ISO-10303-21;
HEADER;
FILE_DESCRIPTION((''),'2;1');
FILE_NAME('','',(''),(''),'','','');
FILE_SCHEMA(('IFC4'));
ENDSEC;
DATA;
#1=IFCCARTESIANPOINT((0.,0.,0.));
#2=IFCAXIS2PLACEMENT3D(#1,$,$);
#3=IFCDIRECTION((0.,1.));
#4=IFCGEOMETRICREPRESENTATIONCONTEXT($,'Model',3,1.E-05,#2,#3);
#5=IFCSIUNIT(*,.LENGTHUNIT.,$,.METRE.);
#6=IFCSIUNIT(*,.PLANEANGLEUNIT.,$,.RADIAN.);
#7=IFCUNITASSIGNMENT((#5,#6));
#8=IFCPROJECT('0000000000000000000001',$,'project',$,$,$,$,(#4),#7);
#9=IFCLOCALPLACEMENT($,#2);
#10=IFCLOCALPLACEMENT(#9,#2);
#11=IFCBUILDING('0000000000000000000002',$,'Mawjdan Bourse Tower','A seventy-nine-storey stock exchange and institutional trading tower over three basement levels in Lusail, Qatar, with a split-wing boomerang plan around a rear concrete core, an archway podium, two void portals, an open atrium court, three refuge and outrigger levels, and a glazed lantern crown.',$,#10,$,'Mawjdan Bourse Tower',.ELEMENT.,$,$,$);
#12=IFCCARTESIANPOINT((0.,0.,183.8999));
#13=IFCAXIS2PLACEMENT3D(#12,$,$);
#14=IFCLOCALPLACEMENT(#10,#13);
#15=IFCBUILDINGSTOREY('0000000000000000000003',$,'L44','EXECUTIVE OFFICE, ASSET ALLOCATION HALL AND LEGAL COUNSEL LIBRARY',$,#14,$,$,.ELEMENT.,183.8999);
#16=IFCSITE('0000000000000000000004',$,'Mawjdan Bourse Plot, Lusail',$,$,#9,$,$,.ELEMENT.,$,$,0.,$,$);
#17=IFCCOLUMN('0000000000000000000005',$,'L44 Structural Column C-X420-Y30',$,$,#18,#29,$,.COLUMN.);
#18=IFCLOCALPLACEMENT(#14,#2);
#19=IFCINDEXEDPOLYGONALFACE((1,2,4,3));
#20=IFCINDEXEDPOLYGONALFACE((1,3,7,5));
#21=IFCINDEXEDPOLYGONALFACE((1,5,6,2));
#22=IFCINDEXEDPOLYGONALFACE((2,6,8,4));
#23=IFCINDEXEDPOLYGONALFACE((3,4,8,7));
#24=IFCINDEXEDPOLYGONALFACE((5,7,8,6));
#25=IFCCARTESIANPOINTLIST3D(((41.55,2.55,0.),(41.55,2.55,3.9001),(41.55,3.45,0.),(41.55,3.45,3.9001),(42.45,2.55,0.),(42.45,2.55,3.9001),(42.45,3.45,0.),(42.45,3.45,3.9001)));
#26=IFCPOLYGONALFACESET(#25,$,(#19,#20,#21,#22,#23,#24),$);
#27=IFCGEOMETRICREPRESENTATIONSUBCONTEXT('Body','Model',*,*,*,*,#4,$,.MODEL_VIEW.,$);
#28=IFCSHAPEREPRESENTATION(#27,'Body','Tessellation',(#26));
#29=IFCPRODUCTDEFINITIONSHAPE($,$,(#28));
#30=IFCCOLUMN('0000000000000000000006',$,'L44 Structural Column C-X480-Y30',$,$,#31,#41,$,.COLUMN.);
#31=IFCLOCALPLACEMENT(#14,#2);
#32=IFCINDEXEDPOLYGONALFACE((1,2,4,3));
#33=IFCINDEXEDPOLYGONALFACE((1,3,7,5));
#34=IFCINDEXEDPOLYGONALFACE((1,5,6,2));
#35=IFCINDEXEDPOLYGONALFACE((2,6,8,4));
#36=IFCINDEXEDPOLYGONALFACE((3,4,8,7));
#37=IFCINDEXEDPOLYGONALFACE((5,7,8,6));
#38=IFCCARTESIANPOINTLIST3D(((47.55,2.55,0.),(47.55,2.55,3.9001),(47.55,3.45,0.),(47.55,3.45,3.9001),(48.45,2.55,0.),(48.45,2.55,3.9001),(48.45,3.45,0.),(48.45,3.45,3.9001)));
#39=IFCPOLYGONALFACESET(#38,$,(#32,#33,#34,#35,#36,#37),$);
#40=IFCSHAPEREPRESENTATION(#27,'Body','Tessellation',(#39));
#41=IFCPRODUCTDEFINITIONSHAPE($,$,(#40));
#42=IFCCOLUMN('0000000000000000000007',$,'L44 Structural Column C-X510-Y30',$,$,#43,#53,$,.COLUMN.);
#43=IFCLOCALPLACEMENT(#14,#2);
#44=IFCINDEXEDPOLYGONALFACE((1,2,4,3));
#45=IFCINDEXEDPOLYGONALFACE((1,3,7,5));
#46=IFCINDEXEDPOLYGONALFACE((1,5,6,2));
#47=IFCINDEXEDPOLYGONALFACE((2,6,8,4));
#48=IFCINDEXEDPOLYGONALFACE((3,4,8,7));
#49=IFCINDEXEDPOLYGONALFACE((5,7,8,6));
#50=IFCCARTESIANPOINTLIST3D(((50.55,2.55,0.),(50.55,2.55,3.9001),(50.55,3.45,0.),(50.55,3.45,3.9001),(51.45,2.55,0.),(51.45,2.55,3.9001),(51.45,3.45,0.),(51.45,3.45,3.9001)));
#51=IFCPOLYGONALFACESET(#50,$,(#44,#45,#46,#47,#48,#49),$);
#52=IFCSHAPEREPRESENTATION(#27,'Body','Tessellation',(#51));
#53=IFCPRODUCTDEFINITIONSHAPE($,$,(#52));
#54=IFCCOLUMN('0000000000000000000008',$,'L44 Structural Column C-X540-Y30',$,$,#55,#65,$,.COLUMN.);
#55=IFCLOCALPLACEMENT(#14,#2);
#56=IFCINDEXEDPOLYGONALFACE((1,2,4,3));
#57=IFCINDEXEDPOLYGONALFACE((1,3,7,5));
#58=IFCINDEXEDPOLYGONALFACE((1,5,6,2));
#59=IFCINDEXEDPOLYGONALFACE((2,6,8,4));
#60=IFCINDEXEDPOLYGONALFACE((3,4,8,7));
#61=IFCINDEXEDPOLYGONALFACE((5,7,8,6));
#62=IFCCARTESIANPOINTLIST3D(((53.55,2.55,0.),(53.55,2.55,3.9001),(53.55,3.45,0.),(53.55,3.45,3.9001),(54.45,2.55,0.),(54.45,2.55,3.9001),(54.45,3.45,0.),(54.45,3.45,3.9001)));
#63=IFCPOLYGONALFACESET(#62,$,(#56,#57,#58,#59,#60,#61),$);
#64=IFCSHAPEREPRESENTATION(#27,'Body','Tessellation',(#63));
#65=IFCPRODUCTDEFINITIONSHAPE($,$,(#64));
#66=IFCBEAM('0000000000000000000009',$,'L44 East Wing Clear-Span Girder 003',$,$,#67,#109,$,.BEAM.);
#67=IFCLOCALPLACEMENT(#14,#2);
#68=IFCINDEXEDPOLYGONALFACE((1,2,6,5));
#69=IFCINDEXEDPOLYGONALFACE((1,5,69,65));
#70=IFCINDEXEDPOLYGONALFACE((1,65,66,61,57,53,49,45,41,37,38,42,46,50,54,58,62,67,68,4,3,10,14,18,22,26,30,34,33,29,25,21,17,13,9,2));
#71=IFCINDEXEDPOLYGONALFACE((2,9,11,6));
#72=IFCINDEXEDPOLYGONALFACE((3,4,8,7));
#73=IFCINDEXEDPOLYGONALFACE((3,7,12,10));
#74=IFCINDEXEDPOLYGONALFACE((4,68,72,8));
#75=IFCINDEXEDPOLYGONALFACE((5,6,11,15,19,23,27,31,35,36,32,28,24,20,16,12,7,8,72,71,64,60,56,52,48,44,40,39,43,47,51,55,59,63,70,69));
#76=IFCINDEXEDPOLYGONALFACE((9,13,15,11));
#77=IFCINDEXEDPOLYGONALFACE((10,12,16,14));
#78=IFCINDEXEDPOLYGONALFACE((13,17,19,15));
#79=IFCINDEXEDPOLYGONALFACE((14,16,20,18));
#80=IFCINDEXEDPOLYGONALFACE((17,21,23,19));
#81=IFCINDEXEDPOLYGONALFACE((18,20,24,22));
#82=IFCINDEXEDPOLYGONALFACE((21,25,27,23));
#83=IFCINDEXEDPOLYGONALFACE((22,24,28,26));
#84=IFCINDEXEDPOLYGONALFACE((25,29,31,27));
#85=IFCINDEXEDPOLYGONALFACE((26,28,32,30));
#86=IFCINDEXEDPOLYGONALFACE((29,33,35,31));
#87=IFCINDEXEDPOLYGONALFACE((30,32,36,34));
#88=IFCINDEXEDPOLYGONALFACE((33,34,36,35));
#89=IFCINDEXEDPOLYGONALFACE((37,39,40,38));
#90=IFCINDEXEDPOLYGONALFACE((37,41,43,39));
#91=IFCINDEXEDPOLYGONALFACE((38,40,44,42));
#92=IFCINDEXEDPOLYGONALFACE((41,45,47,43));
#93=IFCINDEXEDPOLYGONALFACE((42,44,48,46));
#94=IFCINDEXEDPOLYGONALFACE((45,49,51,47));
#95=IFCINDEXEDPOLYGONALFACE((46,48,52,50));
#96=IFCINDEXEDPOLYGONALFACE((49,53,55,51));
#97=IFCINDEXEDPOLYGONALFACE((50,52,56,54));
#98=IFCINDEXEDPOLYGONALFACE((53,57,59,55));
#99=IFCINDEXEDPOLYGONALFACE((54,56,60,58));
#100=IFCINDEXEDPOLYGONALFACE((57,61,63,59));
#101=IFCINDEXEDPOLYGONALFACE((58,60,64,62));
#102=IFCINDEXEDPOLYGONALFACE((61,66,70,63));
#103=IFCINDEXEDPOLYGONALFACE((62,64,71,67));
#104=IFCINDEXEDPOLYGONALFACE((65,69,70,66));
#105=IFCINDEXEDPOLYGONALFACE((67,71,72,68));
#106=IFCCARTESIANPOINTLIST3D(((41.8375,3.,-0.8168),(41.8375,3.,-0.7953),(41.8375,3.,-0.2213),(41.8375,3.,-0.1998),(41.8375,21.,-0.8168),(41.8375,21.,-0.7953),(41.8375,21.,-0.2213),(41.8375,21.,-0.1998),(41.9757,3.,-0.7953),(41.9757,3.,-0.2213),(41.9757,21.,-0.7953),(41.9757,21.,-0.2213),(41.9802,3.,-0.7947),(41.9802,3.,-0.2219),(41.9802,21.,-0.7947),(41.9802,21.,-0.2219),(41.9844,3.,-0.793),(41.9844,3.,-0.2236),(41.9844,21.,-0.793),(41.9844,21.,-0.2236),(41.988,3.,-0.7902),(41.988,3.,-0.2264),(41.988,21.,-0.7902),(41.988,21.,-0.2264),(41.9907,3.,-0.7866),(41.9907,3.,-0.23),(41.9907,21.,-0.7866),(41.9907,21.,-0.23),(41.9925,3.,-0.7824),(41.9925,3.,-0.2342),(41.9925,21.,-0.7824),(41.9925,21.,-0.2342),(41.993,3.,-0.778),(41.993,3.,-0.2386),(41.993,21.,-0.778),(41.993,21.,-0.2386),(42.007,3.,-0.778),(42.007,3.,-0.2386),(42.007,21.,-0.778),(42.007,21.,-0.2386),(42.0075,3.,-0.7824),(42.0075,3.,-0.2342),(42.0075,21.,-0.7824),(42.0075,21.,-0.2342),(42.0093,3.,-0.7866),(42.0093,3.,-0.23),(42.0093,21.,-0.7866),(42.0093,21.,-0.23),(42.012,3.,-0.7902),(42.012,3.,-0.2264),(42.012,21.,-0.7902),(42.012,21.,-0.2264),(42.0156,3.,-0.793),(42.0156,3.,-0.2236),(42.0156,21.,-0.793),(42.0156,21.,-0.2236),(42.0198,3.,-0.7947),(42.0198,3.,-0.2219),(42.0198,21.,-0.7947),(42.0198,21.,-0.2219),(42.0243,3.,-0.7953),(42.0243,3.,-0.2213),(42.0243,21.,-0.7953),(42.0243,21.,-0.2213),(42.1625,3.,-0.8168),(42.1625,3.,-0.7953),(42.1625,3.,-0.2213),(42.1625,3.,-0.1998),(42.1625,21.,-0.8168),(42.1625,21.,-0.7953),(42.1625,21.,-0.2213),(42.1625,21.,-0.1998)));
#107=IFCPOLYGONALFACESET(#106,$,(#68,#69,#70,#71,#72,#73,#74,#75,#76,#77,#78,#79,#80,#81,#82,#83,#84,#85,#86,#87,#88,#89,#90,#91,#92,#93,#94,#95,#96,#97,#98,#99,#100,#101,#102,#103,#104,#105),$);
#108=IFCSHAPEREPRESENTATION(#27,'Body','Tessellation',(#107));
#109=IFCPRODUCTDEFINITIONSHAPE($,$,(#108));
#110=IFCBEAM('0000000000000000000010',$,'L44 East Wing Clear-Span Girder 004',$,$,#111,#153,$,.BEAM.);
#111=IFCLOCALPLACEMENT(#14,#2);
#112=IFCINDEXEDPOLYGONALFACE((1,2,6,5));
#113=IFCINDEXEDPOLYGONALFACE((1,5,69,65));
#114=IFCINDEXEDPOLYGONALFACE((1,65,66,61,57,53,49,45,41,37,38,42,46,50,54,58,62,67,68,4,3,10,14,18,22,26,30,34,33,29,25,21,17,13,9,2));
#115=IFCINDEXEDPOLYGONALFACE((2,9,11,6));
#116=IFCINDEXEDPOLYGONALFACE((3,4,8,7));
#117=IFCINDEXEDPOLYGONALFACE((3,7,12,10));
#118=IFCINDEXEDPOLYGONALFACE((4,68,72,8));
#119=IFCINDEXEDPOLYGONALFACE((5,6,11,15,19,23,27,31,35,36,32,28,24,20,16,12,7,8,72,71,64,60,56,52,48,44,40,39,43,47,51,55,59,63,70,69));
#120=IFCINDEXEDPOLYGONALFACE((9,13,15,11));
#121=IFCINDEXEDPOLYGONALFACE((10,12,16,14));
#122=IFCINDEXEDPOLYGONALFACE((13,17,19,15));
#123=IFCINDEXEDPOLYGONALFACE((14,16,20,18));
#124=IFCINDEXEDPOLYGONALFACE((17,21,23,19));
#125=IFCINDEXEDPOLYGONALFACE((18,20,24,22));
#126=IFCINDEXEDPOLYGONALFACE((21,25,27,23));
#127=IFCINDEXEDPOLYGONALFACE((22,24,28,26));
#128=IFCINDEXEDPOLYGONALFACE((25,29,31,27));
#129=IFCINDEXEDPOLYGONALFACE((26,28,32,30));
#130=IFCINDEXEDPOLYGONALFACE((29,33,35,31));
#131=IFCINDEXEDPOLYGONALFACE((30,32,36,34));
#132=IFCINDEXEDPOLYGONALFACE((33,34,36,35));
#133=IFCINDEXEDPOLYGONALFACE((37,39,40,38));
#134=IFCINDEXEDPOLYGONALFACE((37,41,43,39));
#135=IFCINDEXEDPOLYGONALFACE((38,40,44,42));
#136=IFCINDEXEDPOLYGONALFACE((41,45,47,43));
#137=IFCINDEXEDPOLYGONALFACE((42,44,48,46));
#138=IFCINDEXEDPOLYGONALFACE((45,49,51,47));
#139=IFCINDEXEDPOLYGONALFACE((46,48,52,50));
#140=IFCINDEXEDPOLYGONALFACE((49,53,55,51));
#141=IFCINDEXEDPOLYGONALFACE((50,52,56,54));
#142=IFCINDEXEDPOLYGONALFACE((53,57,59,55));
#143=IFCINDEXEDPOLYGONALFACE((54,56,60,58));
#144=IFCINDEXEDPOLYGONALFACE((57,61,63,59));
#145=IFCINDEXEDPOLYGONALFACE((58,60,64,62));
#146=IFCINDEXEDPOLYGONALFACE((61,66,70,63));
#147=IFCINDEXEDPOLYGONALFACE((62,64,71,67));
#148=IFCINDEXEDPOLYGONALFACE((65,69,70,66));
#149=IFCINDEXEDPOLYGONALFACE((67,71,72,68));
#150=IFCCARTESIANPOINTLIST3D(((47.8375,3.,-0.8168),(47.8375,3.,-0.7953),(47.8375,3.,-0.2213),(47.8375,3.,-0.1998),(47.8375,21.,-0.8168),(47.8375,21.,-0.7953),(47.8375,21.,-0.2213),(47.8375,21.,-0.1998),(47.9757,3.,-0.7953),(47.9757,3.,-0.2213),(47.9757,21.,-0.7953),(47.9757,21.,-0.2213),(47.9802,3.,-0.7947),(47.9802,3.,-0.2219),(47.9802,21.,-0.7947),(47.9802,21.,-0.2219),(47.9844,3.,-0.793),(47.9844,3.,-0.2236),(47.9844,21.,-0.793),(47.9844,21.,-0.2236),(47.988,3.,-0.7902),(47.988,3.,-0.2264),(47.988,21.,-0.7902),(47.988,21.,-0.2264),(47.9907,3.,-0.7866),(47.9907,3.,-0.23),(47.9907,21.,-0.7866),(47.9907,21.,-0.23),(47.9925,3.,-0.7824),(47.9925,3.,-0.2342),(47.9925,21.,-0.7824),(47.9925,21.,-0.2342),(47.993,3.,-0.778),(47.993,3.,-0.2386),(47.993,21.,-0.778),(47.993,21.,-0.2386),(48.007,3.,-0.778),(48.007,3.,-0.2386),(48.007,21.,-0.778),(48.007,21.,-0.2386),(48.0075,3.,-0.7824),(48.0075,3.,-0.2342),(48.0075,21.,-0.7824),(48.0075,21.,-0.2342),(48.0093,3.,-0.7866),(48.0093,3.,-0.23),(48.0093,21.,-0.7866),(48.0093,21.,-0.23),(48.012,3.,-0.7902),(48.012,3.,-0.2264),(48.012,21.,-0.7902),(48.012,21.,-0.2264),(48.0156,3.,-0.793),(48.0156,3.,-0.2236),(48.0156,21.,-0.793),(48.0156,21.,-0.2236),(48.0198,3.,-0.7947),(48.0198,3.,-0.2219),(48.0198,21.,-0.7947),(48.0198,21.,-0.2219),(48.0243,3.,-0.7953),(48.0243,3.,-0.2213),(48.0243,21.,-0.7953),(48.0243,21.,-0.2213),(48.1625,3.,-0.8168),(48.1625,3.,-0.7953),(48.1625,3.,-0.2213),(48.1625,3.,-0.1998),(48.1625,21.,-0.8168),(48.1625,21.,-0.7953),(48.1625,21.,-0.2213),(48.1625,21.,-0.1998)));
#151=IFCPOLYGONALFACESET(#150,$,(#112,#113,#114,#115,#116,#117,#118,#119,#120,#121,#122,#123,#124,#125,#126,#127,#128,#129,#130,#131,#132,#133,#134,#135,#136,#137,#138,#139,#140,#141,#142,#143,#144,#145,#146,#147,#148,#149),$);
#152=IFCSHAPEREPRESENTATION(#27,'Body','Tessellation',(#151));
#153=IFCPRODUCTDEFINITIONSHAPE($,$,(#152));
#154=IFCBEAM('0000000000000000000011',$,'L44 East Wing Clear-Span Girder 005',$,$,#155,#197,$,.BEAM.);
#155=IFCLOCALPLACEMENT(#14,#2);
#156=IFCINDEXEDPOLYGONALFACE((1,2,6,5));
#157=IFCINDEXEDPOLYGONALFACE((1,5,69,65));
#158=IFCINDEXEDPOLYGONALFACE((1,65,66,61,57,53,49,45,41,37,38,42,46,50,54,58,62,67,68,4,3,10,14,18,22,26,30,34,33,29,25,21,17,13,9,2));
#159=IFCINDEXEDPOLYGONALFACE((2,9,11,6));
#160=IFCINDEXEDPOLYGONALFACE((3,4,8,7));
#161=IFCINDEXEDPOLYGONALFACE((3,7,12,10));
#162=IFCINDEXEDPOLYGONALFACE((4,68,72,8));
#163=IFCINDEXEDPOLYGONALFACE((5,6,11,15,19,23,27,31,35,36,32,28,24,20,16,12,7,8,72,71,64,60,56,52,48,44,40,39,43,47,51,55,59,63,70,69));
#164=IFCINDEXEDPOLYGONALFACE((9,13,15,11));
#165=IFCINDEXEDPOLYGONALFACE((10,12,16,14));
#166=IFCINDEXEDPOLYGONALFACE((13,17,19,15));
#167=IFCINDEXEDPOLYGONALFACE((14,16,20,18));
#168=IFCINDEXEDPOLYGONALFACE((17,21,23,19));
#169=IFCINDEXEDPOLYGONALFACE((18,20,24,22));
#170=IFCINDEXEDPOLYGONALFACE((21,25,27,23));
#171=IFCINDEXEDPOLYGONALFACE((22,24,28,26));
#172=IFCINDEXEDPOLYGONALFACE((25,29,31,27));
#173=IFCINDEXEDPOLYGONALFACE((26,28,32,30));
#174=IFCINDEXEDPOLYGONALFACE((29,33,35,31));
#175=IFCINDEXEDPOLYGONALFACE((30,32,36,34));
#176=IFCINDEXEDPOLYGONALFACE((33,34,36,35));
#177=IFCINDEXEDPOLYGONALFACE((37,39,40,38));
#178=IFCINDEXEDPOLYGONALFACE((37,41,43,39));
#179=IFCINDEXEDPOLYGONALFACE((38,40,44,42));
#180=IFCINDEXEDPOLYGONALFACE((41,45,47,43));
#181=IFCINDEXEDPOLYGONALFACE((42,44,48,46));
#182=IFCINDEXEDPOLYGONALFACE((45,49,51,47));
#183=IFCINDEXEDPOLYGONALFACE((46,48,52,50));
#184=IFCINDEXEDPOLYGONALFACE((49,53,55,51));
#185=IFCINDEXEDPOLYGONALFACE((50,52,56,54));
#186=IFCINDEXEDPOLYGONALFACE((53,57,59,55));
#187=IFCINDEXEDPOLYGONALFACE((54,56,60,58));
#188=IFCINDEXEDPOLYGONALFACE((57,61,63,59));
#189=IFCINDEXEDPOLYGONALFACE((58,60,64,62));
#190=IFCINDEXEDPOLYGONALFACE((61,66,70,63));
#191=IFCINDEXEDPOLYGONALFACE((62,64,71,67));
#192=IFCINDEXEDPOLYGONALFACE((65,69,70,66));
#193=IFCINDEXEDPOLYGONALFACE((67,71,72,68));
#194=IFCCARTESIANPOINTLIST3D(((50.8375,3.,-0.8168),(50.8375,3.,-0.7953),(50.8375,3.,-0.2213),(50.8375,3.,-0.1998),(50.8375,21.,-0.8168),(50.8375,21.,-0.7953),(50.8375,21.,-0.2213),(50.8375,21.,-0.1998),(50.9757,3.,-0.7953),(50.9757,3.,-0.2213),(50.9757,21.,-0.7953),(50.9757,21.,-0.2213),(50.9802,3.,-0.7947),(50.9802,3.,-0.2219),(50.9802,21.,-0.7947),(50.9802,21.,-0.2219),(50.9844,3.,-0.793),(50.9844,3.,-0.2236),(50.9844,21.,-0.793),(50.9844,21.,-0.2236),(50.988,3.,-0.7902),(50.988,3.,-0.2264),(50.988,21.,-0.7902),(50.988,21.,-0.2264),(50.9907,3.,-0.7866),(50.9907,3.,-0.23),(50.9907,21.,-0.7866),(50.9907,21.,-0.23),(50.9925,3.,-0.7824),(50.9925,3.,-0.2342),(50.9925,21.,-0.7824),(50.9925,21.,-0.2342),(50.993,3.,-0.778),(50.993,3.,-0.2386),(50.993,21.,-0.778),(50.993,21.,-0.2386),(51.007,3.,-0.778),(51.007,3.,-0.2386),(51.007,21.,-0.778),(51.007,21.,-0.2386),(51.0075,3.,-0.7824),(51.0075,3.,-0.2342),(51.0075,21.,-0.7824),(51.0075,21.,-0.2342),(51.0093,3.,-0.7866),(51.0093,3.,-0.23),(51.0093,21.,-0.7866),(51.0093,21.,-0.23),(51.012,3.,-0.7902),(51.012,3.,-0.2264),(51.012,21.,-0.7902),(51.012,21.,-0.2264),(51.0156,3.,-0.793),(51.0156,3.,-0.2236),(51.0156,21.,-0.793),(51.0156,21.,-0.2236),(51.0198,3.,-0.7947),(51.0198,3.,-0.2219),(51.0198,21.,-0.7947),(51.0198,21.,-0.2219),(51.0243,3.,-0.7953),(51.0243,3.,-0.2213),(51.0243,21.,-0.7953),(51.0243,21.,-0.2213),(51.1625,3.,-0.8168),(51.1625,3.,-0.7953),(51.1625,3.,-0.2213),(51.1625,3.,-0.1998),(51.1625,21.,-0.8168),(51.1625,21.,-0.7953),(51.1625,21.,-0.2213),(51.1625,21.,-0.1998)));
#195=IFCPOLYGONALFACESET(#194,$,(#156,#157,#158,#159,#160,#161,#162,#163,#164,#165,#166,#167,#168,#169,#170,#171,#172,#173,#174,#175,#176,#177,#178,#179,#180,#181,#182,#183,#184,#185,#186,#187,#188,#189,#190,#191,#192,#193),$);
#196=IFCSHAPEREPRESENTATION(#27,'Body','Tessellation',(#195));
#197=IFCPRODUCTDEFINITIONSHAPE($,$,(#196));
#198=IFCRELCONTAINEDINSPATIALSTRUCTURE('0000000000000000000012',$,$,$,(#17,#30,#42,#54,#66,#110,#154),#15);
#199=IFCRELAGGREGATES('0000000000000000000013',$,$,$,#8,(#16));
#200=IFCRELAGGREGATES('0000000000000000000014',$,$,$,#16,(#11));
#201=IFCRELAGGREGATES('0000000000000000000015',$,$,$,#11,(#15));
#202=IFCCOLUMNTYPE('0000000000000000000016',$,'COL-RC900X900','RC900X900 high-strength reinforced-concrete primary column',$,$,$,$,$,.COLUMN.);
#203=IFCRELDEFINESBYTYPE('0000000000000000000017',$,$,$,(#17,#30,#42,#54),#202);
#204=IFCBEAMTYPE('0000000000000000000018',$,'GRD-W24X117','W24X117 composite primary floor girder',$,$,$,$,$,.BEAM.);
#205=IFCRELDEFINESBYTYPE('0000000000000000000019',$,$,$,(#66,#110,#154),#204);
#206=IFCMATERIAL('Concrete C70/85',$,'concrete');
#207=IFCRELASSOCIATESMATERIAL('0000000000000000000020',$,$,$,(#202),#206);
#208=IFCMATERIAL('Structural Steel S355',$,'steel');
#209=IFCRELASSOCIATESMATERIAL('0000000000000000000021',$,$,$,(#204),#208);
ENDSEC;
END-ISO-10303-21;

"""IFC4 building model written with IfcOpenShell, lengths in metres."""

from ifc_helpers import new_model, si_unit, direction, frame, origin, origin_2d, place, context, subcontext, project, spatial, rectangle, i_section, extrude, material, material_profile, profile_set, type_object, element, save


model = new_model("IFC4")

# Units and contexts
model_context = context("Model", 3, precision=1e-05, world=origin(), true_north=direction((0.0, 1.0)))
body_context = subcontext(model_context, "Body", "Model", "MODEL_VIEW")
ifc_project = project(units=[si_unit("LENGTHUNIT", "METRE"), si_unit("PLANEANGLEUNIT", "RADIAN")], contexts=[model_context])

# Site, building, storey
site_placement = place(None, origin())
site = spatial("IfcSite", under=ifc_project, at=site_placement, Name="Mawjdan Bourse Plot, Lusail", CompositionType="ELEMENT", RefElevation=0.0)
building_placement = place(site_placement, origin())
building = spatial("IfcBuilding", under=site, at=building_placement, Name="Mawjdan Bourse Tower", Description="A seventy-nine-storey stock exchange and institutional trading tower over three basement levels in Lusail, Qatar, with a split-wing boomerang plan around a rear concrete core, an archway podium, two void portals, an open atrium court, three refuge and outrigger levels, and a glazed lantern crown.", LongName="Mawjdan Bourse Tower", CompositionType="ELEMENT")
storey_placement = place(building_placement, frame((0.0, 0.0, 183.8999)))
storey = spatial("IfcBuildingStorey", under=building, at=storey_placement, Name="L44", Description="EXECUTIVE OFFICE, ASSET ALLOCATION HALL AND LEGAL COUNSEL LIBRARY", CompositionType="ELEMENT", Elevation=183.8999)

# Columns
ifc_material_1 = material(Name="Concrete C70/85", Category="concrete")
ifc_material_profile_1 = material_profile(ifc_material_1, rectangle(XDim=0.8999, YDim=0.8999, at=origin_2d()), Name="RC900X900")
ifc_profile_set_1 = profile_set([ifc_material_profile_1], Name="Concrete C70/85")
column_type = type_object("IfcColumnType", Name="COL-RC900X900", Description="RC900X900 high-strength reinforced-concrete primary column", PredefinedType="COLUMN", material=ifc_profile_set_1)
for number, where, z_axis, x_axis, name in (
    (1, (42.0, 3.0, 0.0), (0.0, 0.0, 1.0), (1.0, 0.0, 0.0), "L44 Structural Column C-X420-Y30"),
    (2, (48.0, 3.0, 0.0), (0.0, 0.0, 1.0), (1.0, 0.0, 0.0), "L44 Structural Column C-X480-Y30"),
    (3, (51.0, 3.0, 0.0), (0.0, 0.0, 1.0), (1.0, 0.0, 0.0), "L44 Structural Column C-X510-Y30"),
    (4, (54.0, 3.0, 0.0), (0.0, 0.0, 1.0), (1.0, 0.0, 0.0), "L44 Structural Column C-X540-Y30"),
):
    element("IfcColumn", number, at=place(storey_placement, frame(where, z_axis=z_axis, x_axis=x_axis)), inside=storey, type_object=column_type, Name=name, PredefinedType="COLUMN", context=body_context, shape_type="SweptSolid", body=[
        extrude(rectangle(XDim=0.8999, YDim=0.8999, at=origin_2d()), origin(), (0.0, 0.0, 1.0), 3.9001),
    ])

# Beams
ifc_material_2 = material(Name="Structural Steel S355", Category="steel")
ifc_material_profile_2 = material_profile(ifc_material_2, i_section(OverallWidth=0.325, OverallDepth=0.6169, WebThickness=0.0139, FlangeThickness=0.0215, FilletRadius=0.0173, at=origin_2d()), Name="W24X117")
ifc_profile_set_2 = profile_set([ifc_material_profile_2], Name="Structural Steel S355")
beam_type_1 = type_object("IfcBeamType", Name="GRD-W24X117", Description="W24X117 composite primary floor girder", PredefinedType="BEAM", material=ifc_profile_set_2)
for number, where, z_axis, x_axis, name in (
    (5, (42.0, 3.0, -0.5083), (0.0, 1.0, 0.0), (-1.0, 0.0, 0.0), "L44 East Wing Clear-Span Girder 003"),
    (6, (48.0, 3.0, -0.5083), (0.0, 1.0, 0.0), (-1.0, 0.0, 0.0), "L44 East Wing Clear-Span Girder 004"),
    (7, (51.0, 3.0, -0.5083), (0.0, 1.0, 0.0), (-1.0, 0.0, 0.0), "L44 East Wing Clear-Span Girder 005"),
):
    element("IfcBeam", number, at=place(storey_placement, frame(where, z_axis=z_axis, x_axis=x_axis)), inside=storey, type_object=beam_type_1, Name=name, PredefinedType="BEAM", context=body_context, shape_type="SweptSolid", body=[
        extrude(i_section(OverallWidth=0.325, OverallDepth=0.6169, WebThickness=0.0139, FlangeThickness=0.0215, FilletRadius=0.0173, at=origin_2d()), origin(), (0.0, 0.0, 1.0), 18.0),
    ])

save(model, "model.ifc")
